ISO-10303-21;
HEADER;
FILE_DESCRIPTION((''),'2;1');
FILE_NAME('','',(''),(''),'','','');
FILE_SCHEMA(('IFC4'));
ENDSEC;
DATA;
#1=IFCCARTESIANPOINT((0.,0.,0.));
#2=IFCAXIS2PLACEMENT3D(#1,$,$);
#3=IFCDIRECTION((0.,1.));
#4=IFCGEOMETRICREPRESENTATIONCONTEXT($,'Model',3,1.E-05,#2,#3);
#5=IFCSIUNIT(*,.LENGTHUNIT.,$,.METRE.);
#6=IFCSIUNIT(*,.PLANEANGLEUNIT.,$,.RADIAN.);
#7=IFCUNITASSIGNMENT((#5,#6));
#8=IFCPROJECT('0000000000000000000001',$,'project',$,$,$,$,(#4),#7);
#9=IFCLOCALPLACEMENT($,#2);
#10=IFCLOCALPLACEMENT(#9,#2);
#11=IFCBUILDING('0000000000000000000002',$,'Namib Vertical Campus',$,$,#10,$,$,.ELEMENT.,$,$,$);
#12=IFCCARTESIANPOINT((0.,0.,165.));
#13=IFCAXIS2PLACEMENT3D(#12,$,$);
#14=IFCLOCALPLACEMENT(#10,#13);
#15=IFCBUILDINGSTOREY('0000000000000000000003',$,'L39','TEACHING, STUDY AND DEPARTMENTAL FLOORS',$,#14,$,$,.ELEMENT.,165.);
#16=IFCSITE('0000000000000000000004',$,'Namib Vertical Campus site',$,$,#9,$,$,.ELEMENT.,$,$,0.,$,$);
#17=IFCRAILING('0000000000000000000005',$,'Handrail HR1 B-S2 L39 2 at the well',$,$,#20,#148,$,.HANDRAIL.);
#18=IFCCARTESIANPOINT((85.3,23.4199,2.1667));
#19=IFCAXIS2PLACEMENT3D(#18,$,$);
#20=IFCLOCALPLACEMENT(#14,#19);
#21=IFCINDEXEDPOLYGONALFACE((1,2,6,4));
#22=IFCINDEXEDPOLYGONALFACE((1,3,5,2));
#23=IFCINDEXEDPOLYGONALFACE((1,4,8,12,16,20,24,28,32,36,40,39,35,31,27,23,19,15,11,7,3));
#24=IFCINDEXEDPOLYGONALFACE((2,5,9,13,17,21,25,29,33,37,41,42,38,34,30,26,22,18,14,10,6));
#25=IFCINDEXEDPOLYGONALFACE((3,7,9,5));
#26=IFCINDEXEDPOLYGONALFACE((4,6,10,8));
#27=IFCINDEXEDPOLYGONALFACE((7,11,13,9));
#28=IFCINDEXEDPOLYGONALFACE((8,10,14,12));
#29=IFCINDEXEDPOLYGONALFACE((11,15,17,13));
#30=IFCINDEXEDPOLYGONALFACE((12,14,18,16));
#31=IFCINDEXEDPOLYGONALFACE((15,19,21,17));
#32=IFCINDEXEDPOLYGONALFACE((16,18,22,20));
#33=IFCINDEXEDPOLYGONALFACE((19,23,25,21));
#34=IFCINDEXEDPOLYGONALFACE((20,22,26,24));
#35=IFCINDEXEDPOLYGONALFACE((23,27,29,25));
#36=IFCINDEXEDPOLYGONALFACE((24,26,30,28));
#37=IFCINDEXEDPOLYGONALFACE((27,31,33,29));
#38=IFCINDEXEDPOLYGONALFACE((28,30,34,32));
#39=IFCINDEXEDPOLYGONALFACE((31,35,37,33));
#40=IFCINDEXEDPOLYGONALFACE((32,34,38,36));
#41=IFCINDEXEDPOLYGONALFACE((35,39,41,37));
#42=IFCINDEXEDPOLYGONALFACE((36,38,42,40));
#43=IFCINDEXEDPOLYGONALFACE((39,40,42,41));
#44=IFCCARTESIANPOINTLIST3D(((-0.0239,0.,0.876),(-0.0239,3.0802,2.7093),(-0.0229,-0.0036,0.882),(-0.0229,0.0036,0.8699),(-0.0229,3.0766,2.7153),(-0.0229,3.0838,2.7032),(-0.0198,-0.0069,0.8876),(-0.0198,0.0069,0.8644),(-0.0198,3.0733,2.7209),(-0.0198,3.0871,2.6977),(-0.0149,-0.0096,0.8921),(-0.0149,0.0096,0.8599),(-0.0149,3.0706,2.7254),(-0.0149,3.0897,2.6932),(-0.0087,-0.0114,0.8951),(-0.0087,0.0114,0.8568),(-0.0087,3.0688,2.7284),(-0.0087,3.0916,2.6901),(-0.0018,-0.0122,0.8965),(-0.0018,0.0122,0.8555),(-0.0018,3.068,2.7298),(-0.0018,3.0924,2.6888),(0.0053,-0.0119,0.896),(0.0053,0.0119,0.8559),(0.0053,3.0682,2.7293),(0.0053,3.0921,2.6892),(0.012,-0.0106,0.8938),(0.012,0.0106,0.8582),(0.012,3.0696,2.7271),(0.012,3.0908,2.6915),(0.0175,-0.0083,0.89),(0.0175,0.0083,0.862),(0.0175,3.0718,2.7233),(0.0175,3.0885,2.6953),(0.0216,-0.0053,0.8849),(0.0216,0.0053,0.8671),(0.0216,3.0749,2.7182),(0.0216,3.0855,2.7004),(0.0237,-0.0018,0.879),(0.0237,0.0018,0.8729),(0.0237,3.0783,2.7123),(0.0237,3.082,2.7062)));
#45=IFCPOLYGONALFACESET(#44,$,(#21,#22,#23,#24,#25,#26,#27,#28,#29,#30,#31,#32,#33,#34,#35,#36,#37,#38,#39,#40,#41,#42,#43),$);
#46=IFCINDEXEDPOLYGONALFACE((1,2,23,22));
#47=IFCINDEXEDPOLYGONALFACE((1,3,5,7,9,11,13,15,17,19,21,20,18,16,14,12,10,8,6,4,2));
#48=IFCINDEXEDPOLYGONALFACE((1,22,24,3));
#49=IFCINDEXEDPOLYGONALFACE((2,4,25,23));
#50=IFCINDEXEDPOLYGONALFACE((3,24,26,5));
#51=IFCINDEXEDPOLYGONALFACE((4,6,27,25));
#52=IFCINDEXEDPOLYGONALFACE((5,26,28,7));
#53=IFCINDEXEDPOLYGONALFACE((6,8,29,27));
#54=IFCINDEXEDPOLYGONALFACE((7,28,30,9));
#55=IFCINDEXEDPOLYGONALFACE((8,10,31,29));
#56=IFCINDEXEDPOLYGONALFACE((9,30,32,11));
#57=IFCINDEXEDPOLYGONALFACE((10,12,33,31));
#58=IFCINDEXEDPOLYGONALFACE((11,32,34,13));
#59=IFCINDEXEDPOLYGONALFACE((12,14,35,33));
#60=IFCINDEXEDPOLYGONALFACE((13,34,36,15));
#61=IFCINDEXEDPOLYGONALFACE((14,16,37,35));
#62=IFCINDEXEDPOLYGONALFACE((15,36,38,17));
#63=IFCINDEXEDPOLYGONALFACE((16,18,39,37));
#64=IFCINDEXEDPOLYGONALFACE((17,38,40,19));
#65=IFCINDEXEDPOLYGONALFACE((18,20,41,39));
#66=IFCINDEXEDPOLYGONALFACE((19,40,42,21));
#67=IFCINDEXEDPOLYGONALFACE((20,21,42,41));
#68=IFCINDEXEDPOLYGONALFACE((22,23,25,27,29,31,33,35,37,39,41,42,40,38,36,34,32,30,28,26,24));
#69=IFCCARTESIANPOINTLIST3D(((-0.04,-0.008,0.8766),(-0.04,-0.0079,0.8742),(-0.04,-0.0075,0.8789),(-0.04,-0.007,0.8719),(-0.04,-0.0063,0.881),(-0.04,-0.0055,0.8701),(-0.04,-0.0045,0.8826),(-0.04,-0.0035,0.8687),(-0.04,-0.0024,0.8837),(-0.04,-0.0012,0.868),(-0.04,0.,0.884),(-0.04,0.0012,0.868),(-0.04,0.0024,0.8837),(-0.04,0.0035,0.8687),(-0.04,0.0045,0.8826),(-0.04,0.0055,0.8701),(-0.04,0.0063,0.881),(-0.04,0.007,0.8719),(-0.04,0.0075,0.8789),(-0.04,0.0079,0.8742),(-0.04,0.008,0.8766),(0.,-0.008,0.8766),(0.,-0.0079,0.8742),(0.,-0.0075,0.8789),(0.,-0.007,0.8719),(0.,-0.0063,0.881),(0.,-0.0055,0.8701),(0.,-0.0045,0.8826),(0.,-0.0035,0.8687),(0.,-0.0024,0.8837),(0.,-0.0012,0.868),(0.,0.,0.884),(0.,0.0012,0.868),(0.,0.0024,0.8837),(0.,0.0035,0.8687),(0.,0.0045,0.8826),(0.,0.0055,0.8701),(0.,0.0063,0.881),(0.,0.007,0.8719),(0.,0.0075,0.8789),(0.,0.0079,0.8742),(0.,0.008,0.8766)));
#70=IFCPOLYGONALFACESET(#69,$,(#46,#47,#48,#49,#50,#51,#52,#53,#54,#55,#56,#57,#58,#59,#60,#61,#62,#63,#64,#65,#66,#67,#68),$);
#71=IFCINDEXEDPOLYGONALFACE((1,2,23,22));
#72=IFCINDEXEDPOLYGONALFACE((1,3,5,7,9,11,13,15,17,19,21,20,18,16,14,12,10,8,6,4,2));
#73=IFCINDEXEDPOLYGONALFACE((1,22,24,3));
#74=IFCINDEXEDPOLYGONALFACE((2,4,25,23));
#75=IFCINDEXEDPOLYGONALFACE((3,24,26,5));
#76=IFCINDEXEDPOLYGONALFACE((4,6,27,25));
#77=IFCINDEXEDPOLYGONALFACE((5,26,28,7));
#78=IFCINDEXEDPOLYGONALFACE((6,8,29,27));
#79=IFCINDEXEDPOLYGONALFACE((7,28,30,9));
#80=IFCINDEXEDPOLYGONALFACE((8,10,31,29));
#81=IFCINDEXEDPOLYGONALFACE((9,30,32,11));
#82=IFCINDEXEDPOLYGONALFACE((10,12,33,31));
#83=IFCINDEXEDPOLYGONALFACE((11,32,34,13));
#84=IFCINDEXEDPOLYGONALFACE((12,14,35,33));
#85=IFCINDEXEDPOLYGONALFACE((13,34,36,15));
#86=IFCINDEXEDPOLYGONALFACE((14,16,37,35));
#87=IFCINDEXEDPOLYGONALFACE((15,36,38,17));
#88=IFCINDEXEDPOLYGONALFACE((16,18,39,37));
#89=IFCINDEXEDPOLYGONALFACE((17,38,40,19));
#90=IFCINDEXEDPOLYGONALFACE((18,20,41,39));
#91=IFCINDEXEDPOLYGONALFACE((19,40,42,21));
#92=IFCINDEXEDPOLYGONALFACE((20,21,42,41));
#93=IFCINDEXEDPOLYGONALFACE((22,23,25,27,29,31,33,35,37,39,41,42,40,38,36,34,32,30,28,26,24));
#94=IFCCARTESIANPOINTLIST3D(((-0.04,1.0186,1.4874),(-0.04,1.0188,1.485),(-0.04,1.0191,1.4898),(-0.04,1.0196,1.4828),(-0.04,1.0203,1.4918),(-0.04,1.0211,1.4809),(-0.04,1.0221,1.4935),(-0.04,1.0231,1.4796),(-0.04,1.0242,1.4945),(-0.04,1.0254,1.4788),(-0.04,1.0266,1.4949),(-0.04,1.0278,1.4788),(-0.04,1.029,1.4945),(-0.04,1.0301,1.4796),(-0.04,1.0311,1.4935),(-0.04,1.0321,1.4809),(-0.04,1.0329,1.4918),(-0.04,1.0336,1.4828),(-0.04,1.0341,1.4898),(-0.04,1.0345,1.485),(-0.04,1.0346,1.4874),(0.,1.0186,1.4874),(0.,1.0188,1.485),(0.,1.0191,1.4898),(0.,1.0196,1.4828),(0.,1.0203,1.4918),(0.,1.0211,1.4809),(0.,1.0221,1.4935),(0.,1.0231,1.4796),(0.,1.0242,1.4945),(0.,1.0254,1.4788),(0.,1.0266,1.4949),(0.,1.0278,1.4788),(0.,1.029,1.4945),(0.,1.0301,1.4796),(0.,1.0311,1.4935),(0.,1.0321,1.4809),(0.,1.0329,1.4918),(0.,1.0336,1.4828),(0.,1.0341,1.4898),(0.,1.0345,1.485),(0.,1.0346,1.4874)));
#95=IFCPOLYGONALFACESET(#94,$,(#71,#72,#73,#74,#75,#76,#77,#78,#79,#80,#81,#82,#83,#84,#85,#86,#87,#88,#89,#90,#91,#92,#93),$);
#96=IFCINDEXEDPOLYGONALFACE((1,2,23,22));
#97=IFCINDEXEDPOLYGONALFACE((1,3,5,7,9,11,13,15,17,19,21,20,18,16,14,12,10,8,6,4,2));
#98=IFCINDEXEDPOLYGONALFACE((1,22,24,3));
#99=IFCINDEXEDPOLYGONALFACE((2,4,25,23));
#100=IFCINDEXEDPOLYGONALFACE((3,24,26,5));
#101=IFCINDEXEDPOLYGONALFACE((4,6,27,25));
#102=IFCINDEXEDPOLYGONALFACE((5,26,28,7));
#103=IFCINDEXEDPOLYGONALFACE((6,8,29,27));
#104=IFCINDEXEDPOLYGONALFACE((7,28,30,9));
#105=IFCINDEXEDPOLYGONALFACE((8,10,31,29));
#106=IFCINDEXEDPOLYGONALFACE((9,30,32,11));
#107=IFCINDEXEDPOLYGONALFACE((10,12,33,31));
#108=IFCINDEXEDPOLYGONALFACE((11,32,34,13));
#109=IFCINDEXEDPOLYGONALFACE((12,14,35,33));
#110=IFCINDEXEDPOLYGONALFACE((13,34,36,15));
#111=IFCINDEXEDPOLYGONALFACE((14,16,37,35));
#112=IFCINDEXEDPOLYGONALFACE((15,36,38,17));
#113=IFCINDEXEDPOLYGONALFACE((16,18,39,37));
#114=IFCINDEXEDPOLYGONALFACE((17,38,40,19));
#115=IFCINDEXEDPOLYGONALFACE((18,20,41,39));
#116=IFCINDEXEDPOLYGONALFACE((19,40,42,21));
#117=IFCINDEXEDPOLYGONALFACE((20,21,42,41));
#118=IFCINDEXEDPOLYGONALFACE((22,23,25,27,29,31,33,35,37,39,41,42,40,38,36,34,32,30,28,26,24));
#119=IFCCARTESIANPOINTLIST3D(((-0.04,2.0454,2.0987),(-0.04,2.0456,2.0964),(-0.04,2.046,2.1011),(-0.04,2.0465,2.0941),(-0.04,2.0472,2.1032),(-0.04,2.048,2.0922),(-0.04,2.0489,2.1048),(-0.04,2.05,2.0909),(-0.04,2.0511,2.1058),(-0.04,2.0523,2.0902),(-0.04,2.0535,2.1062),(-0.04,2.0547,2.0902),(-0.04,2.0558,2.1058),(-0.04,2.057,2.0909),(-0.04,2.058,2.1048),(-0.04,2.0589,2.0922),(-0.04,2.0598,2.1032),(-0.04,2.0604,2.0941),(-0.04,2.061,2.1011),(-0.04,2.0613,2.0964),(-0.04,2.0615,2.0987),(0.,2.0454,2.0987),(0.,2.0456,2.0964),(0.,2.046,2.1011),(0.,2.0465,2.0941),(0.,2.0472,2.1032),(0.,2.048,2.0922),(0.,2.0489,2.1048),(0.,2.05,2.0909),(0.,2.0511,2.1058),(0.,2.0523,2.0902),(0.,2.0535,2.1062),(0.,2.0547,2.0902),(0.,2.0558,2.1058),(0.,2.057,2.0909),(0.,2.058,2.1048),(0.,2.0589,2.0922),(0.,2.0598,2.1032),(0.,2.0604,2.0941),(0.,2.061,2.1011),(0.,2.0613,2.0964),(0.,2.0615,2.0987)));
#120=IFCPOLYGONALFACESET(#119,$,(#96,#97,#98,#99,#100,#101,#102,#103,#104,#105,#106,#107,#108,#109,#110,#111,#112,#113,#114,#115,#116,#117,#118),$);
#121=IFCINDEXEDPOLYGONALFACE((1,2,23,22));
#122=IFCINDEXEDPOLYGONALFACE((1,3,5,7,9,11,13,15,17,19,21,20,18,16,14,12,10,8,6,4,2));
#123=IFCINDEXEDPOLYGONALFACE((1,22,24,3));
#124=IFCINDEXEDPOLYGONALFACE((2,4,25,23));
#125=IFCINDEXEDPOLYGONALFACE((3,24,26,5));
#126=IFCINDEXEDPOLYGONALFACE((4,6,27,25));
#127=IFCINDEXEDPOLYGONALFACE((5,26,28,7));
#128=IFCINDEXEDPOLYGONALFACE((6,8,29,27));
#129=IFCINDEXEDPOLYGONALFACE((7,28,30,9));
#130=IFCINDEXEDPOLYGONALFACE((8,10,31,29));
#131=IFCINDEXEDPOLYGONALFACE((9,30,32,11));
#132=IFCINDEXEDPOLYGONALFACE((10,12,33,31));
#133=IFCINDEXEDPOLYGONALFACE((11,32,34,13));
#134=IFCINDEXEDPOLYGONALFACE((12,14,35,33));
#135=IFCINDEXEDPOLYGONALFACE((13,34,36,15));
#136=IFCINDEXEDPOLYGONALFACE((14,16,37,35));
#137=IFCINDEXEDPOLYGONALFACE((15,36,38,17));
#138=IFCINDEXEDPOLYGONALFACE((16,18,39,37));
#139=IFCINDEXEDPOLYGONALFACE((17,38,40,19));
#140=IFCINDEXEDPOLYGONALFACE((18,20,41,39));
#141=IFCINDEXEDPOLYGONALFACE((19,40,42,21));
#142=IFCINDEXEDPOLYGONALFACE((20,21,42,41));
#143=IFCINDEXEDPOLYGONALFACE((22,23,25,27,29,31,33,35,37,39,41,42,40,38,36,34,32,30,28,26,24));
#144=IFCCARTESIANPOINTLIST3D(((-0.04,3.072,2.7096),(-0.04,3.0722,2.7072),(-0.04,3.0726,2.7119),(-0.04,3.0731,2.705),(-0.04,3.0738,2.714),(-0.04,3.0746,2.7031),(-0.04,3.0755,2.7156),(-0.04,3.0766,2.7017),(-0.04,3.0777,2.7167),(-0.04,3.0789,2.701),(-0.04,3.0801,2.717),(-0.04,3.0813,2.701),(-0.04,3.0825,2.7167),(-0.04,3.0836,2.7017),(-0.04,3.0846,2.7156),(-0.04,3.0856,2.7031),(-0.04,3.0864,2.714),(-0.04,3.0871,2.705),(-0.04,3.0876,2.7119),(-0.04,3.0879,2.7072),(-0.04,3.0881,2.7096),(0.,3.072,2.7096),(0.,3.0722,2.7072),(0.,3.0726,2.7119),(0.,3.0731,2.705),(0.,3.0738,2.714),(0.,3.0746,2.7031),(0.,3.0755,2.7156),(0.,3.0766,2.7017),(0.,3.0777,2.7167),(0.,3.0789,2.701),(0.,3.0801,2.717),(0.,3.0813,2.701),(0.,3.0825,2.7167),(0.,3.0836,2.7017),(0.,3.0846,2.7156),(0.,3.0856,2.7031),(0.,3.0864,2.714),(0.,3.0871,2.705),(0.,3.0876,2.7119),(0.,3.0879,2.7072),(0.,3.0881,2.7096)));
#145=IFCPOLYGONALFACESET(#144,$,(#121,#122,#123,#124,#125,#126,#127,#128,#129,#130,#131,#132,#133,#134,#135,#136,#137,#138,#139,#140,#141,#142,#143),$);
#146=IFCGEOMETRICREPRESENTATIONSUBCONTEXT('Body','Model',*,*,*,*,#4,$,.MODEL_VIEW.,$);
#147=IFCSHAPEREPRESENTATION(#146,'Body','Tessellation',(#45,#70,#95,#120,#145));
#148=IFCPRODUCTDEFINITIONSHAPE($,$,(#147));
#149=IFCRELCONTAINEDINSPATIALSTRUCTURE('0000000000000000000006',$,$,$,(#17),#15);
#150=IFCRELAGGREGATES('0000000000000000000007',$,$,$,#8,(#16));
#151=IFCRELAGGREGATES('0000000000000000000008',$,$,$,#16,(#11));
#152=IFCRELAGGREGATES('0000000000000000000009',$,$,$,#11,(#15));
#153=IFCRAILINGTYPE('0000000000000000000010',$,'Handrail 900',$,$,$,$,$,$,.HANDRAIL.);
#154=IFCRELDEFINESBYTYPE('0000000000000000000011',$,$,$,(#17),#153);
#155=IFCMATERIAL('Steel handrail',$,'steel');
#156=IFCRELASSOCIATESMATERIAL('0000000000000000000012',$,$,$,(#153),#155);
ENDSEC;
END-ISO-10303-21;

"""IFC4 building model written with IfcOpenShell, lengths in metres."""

from ifc_helpers import new_model, si_unit, direction, frame, origin, origin_2d, place, context, subcontext, project, spatial, circle, extrude, material, type_object, element, save


model = new_model("IFC4")

# Units and contexts
model_context = context("Model", 3, precision=1e-05, world=origin(), true_north=direction((0.0, 1.0)))
body_context = subcontext(model_context, "Body", "Model", "MODEL_VIEW")
ifc_project = project(units=[si_unit("LENGTHUNIT", "METRE"), si_unit("PLANEANGLEUNIT", "RADIAN")], contexts=[model_context])

# Site, building, storey
site_placement = place(None, origin())
site = spatial("IfcSite", under=ifc_project, at=site_placement, Name="Namib Vertical Campus site", CompositionType="ELEMENT", RefElevation=0.0)
building_placement = place(site_placement, origin())
building = spatial("IfcBuilding", under=site, at=building_placement, Name="Namib Vertical Campus", CompositionType="ELEMENT")
storey_placement = place(building_placement, frame((0.0, 0.0, 165.0)))
storey = spatial("IfcBuildingStorey", under=building, at=storey_placement, Name="L39", Description="TEACHING, STUDY AND DEPARTMENTAL FLOORS", CompositionType="ELEMENT", Elevation=165.0)

# Railing
ifc_material_1 = material(Name="Steel handrail", Category="steel")
railing_type_1 = type_object("IfcRailingType", Name="Handrail 900", PredefinedType="HANDRAIL", material=ifc_material_1)
railing_1_placement = place(storey_placement, frame((85.3, 23.4199, 2.1667)))
element("IfcRailing", 1, at=railing_1_placement, inside=storey, type_object=railing_type_1, Name="Handrail HR1 B-S2 L39 2 at the well", PredefinedType="HANDRAIL", context=body_context, shape_type="SweptSolid", body=[
    extrude(circle(Radius=0.0239, at=origin_2d()), frame((0.0, 0.0, 0.876), z_axis=(0.0, 0.859309, 0.511458), x_axis=(-1.0, 0.0, 0.0)), (0.0, 0.0, 1.0), 3.5845),
    extrude(circle(Radius=0.0081, at=origin_2d()), frame((0.0, 0.0, 0.876), z_axis=(-1.0, 0.0, 0.0), x_axis=(0.0, 0.0, 1.0)), (0.0, 0.0, 1.0), 0.04),
    extrude(circle(Radius=0.0081, at=origin_2d()), frame((0.0, 1.0266, 1.4868), z_axis=(-1.0, 0.0, 0.0), x_axis=(0.0, 0.0, 1.0)), (0.0, 0.0, 1.0), 0.04),
    extrude(circle(Radius=0.0081, at=origin_2d()), frame((0.0, 2.0535, 2.0981), z_axis=(-1.0, 0.0, 0.0), x_axis=(0.0, 0.0, 1.0)), (0.0, 0.0, 1.0), 0.04),
    extrude(circle(Radius=0.0081, at=origin_2d()), frame((0.0, 3.0801, 2.709), z_axis=(-1.0, 0.0, 0.0), x_axis=(0.0, 0.0, 1.0)), (0.0, 0.0, 1.0), 0.04),
])

save(model, "model.ifc")
